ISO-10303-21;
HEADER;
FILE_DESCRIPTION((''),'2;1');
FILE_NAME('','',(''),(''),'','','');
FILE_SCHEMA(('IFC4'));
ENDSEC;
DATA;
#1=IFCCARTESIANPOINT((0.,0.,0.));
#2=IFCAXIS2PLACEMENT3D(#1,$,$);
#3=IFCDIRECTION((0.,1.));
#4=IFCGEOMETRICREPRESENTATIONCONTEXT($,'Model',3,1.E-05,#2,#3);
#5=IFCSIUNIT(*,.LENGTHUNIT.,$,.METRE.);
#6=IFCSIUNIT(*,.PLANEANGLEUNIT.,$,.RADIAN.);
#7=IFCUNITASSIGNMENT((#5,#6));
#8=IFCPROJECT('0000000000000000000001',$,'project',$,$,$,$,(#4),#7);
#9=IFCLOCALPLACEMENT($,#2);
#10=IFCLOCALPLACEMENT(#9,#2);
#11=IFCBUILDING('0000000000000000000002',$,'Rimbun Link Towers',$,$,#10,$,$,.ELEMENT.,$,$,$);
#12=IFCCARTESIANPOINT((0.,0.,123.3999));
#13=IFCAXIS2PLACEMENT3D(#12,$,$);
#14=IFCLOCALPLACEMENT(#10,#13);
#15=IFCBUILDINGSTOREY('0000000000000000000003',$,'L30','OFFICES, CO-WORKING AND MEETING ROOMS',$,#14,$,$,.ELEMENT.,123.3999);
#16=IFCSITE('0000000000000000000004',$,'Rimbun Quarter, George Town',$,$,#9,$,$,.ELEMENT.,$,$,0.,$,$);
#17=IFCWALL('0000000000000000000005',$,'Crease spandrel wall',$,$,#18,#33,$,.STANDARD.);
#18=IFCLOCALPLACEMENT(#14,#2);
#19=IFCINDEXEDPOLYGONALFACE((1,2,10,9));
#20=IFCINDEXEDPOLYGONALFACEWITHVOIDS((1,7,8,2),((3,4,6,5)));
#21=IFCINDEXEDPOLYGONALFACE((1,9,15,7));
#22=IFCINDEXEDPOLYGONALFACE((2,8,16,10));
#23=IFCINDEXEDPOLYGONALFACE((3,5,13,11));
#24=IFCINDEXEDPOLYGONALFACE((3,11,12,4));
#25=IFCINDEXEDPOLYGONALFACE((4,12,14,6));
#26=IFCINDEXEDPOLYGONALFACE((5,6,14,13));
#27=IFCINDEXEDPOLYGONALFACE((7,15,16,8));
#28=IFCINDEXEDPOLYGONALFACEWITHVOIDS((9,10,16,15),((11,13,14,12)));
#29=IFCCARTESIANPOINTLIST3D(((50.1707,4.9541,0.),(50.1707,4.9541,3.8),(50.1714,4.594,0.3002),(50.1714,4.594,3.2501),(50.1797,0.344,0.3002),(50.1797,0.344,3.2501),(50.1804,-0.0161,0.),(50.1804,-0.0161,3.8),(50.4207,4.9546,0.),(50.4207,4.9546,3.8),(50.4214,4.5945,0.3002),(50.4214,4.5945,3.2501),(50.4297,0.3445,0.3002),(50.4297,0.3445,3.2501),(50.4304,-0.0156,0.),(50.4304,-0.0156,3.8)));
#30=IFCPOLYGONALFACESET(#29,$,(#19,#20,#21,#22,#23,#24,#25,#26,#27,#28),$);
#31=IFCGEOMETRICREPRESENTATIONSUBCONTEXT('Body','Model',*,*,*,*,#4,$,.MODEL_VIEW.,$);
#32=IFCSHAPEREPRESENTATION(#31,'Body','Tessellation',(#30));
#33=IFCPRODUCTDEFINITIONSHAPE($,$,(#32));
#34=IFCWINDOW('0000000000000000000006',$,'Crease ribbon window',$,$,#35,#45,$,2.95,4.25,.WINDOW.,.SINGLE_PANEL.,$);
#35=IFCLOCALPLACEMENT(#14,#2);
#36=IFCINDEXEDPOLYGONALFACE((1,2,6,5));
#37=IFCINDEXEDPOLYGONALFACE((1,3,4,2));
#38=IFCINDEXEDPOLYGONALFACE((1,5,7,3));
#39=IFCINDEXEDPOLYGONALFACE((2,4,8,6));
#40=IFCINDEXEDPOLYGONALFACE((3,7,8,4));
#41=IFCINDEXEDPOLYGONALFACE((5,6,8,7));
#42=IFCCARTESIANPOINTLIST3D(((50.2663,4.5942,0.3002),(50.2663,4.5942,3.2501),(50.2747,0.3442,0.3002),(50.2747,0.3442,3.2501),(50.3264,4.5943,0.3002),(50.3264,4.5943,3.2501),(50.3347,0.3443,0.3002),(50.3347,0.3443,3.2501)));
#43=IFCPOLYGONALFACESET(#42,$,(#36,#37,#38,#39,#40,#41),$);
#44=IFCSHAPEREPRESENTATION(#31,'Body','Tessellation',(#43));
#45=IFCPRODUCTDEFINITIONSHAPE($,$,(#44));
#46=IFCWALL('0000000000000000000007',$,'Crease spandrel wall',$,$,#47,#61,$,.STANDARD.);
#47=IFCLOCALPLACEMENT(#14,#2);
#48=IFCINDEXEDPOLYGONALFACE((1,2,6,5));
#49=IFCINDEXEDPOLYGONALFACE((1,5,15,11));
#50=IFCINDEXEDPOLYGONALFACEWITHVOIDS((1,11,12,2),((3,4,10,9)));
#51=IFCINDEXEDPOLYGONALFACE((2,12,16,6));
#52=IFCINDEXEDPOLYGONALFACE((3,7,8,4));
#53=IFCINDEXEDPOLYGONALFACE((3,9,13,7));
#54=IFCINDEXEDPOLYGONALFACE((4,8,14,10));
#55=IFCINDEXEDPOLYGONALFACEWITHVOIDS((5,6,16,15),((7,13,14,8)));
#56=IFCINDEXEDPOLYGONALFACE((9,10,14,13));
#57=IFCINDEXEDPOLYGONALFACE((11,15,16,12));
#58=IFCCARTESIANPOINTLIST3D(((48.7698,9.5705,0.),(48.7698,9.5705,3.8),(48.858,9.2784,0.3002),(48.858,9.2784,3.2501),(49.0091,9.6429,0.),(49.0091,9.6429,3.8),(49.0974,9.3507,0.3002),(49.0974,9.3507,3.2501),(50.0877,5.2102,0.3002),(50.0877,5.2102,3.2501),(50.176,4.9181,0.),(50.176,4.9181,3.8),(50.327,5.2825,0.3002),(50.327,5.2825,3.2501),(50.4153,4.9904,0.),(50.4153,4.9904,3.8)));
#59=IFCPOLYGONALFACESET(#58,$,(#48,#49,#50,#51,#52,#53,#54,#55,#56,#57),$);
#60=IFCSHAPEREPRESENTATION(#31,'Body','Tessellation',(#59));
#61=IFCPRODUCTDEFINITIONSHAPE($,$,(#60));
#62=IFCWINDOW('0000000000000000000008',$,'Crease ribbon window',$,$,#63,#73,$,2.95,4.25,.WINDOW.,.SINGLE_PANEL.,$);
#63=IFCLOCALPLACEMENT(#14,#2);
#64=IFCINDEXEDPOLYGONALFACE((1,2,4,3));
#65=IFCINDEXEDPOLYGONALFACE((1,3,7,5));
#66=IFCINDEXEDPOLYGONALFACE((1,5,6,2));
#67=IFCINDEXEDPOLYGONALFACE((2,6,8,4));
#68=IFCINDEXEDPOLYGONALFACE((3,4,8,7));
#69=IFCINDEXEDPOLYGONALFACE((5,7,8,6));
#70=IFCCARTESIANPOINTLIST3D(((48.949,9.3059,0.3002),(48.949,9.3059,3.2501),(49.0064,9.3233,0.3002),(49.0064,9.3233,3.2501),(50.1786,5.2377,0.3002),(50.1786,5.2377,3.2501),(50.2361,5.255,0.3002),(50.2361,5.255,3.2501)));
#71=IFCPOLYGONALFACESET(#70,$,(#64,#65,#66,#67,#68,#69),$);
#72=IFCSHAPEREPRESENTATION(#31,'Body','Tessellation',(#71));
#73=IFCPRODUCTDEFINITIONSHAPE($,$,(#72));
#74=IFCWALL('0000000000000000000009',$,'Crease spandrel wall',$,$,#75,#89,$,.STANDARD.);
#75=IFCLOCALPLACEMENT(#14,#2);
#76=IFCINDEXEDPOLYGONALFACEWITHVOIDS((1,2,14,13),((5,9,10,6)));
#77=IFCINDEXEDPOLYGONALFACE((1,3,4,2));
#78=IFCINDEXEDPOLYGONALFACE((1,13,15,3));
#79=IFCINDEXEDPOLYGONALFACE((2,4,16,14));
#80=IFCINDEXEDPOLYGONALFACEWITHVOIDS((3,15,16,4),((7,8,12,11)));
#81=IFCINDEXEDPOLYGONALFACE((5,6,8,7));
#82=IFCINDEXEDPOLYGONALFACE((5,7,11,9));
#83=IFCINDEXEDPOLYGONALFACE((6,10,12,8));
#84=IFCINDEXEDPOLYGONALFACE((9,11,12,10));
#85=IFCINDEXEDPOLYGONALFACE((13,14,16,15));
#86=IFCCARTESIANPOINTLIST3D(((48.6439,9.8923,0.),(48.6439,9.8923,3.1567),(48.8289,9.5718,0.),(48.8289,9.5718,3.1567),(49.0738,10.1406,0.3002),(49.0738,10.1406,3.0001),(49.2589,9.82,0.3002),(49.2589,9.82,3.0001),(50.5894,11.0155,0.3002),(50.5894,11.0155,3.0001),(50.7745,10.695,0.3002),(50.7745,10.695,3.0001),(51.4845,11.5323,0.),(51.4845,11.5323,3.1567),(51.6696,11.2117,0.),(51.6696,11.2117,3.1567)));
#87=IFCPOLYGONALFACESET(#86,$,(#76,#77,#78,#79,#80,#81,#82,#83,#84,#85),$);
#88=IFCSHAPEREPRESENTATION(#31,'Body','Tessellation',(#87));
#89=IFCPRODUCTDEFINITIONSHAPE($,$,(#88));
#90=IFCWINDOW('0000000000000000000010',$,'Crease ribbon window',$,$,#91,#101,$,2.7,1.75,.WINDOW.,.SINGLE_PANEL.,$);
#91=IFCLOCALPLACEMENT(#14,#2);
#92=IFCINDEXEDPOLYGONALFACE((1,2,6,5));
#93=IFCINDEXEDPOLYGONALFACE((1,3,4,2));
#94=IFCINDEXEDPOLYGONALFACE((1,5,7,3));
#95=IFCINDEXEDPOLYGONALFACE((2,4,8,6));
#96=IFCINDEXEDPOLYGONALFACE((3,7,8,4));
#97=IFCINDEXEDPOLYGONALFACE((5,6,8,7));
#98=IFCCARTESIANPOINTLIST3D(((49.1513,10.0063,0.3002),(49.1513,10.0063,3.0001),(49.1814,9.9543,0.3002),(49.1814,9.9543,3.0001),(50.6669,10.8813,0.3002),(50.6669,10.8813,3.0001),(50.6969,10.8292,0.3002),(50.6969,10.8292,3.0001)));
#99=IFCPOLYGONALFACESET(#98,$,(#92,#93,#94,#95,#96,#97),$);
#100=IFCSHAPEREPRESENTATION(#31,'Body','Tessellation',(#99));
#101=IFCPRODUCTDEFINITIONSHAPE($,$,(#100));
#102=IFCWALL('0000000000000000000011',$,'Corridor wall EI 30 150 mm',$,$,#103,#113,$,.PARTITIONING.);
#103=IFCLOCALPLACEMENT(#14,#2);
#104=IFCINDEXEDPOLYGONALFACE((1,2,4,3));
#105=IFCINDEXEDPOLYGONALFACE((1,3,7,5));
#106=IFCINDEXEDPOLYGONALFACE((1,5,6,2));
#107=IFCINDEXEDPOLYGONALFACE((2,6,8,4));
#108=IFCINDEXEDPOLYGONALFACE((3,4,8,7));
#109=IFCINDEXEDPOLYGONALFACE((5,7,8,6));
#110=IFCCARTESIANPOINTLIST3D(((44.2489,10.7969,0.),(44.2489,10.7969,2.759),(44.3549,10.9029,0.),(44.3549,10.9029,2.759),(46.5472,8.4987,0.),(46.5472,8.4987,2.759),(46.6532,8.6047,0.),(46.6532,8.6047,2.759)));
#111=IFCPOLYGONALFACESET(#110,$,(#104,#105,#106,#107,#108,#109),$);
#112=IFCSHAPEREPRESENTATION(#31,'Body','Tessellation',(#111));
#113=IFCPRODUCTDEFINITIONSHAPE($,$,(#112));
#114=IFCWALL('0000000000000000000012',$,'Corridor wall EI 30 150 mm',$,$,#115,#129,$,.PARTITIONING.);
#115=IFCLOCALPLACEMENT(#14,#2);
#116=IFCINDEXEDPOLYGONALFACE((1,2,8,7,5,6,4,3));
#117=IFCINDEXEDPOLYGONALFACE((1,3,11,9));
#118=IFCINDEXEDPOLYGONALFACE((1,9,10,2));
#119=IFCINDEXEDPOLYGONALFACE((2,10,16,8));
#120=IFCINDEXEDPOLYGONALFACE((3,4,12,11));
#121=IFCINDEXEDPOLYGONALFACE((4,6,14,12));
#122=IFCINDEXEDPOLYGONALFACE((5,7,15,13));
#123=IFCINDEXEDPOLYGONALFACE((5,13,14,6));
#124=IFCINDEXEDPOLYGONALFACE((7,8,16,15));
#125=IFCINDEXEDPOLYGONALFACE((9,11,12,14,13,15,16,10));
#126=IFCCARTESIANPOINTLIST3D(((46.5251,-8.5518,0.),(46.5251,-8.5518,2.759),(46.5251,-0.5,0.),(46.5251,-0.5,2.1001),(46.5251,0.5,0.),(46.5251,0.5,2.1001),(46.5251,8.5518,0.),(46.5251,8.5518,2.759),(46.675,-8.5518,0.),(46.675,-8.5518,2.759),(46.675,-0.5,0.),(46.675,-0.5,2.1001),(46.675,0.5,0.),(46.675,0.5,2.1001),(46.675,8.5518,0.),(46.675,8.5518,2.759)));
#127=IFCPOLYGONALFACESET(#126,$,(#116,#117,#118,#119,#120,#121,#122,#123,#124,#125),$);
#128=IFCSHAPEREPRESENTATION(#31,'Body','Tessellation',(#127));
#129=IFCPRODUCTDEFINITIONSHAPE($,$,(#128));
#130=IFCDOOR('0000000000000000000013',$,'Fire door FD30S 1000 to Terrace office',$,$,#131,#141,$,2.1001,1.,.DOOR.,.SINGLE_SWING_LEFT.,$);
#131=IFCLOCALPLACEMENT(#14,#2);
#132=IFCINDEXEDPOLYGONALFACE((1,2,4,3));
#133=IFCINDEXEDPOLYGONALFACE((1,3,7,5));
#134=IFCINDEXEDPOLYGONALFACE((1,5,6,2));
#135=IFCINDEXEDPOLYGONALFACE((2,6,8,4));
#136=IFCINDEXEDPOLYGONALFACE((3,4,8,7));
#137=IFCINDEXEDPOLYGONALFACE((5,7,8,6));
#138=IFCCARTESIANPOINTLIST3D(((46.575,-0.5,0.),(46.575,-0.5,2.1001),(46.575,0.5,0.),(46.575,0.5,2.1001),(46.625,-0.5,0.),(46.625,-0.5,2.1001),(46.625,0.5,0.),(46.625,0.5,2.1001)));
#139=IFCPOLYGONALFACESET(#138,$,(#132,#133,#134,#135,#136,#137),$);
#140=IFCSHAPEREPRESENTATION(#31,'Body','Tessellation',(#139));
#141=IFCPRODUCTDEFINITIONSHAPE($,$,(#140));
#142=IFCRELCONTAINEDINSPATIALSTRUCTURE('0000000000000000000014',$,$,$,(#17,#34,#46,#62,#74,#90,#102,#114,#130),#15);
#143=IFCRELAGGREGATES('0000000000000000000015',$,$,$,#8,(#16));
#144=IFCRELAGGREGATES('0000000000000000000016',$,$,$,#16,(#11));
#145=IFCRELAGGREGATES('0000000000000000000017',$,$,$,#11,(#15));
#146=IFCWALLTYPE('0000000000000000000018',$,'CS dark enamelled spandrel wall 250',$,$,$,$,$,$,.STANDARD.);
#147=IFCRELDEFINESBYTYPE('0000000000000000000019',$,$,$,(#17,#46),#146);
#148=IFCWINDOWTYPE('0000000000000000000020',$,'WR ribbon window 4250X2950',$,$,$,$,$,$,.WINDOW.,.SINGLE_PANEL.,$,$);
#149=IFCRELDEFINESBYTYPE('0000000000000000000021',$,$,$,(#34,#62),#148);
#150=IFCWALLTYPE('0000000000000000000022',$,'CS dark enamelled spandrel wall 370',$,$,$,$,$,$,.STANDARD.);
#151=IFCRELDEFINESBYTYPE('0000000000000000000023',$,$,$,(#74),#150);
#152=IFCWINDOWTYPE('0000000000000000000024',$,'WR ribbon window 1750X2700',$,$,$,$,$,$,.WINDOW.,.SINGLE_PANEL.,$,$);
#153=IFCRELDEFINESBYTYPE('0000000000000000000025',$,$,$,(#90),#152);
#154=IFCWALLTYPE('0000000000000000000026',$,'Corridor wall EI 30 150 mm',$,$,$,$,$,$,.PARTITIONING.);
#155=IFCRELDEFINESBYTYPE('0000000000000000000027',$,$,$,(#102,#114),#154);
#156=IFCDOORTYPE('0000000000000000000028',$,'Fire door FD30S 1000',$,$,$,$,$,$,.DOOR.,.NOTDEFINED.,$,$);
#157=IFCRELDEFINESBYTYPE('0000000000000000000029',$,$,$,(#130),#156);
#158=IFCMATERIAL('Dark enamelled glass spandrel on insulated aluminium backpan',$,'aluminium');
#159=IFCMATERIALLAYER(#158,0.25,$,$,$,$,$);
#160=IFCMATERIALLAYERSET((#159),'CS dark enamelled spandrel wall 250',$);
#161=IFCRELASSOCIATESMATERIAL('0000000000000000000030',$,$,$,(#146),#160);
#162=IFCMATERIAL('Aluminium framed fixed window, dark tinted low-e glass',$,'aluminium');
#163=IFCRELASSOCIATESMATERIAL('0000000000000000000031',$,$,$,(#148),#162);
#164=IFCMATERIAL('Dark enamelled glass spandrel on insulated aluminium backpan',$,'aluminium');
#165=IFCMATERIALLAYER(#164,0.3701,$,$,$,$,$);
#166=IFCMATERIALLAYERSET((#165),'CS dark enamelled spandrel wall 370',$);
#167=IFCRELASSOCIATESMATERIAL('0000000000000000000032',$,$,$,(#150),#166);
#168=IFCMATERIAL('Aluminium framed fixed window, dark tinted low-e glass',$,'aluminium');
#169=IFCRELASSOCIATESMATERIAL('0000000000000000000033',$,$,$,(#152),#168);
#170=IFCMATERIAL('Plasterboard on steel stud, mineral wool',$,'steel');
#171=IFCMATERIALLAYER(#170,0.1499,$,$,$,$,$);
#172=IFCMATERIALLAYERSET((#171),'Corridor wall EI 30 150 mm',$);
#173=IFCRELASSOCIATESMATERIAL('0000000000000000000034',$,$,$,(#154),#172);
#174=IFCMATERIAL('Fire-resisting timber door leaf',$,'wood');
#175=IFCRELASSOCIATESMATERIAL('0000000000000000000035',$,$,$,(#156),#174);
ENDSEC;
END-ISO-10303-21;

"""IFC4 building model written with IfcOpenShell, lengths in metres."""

from ifc_helpers import new_model, si_unit, direction, frame, frame_2d, origin, place, context, subcontext, project, spatial, rectangle, extrude, material, layer, layer_set, type_object, element, fill, save


model = new_model("IFC4")

# Units and contexts
model_context = context("Model", 3, precision=1e-05, world=origin(), true_north=direction((0.0, 1.0)))
body_context = subcontext(model_context, "Body", "Model", "MODEL_VIEW")
ifc_project = project(units=[si_unit("LENGTHUNIT", "METRE"), si_unit("PLANEANGLEUNIT", "RADIAN")], contexts=[model_context])

# Site, building, storey
site_placement = place(None, origin())
site = spatial("IfcSite", under=ifc_project, at=site_placement, Name="Rimbun Quarter, George Town", CompositionType="ELEMENT", RefElevation=0.0)
building_placement = place(site_placement, origin())
building = spatial("IfcBuilding", under=site, at=building_placement, Name="Rimbun Link Towers", CompositionType="ELEMENT")
storey_placement = place(building_placement, frame((0.0, 0.0, 123.3999)))
storey = spatial("IfcBuildingStorey", under=building, at=storey_placement, Name="L30", Description="OFFICES, CO-WORKING AND MEETING ROOMS", CompositionType="ELEMENT", Elevation=123.3999)

# Walls, openings, windows
ifc_material_1 = material(Name="Dark enamelled glass spandrel on insulated aluminium backpan", Category="aluminium")
ifc_layer_1 = layer(ifc_material_1, 0.25)
ifc_layer_set_1 = layer_set([ifc_layer_1], Name="CS dark enamelled spandrel wall 250")
wall_type_1 = type_object("IfcWallType", Name="CS dark enamelled spandrel wall 250", PredefinedType="STANDARD", material=ifc_layer_set_1)
wall_1_placement = place(storey_placement, frame((50.2957, 4.9543, 0.0), z_axis=(0.0, 0.0, 1.0), x_axis=(0.001965, -0.999998, 0.0)))
wall_1 = element("IfcWall", 1, at=wall_1_placement, inside=storey, type_object=wall_type_1, Name="Crease spandrel wall", PredefinedType="STANDARD", context=body_context, shape_type="SweptSolid", body=[
    extrude(rectangle(XDim=4.9702, YDim=0.25, at=frame_2d((2.4851, 0.0))), origin(), (0.0, 0.0, 1.0), 3.8),
])
opening_1_placement = place(wall_1_placement, frame((0.3601, 0.0, 0.3)))
opening_1 = element("IfcOpeningElement", 2, at=opening_1_placement, cuts=wall_1, PredefinedType="OPENING", context=body_context, shape_type="SweptSolid", body=[
    extrude(rectangle(XDim=4.25, YDim=2.95, at=frame_2d((2.125, 1.4751))), frame((0.0, 0.135, 0.0), z_axis=(0.0, -1.0, 0.0), x_axis=(1.0, 0.0, 0.0)), (0.0, 0.0, 1.0), 0.27),
])
ifc_material_2 = material(Name="Aluminium framed fixed window, dark tinted low-e glass", Category="aluminium")
window_type_1 = type_object("IfcWindowType", Name="WR ribbon window 4250X2950", PartitioningType="SINGLE_PANEL", PredefinedType="WINDOW", material=ifc_material_2)
window_1_placement = place(opening_1_placement, origin())
window_1 = element("IfcWindow", 3, at=window_1_placement, inside=storey, type_object=window_type_1, Name="Crease ribbon window", OverallHeight=2.95, OverallWidth=4.25, PartitioningType="SINGLE_PANEL", PredefinedType="WINDOW", context=body_context, shape_type="SweptSolid", body=[
    extrude(rectangle(XDim=4.25, YDim=2.95, at=frame_2d((2.125, 1.4751))), frame((0.0, 0.03, 0.0), z_axis=(0.0, -1.0, 0.0), x_axis=(1.0, 0.0, 0.0)), (0.0, 0.0, 1.0), 0.0601),
])
fill(opening_1, window_1)
wall_2_placement = place(storey_placement, frame((48.8894, 9.6067, 0.0), z_axis=(0.0, 0.0, 1.0), x_axis=(0.289338, -0.957227, 0.0)))
wall_2 = element("IfcWall", 4, at=wall_2_placement, inside=storey, type_object=wall_type_1, Name="Crease spandrel wall", PredefinedType="STANDARD", context=body_context, shape_type="SweptSolid", body=[
    extrude(rectangle(XDim=4.8604, YDim=0.25, at=frame_2d((2.4302, 0.0))), origin(), (0.0, 0.0, 1.0), 3.8),
])
opening_2_placement = place(wall_2_placement, frame((0.3052, 0.0, 0.3)))
opening_2 = element("IfcOpeningElement", 5, at=opening_2_placement, cuts=wall_2, PredefinedType="OPENING", context=body_context, shape_type="SweptSolid", body=[
    extrude(rectangle(XDim=4.25, YDim=2.95, at=frame_2d((2.125, 1.4751))), frame((0.0, 0.135, 0.0), z_axis=(0.0, -1.0, 0.0), x_axis=(1.0, 0.0, 0.0)), (0.0, 0.0, 1.0), 0.27),
])
window_2_placement = place(opening_2_placement, origin())
window_2 = element("IfcWindow", 6, at=window_2_placement, inside=storey, type_object=window_type_1, Name="Crease ribbon window", OverallHeight=2.95, OverallWidth=4.25, PartitioningType="SINGLE_PANEL", PredefinedType="WINDOW", context=body_context, shape_type="SweptSolid", body=[
    extrude(rectangle(XDim=4.25, YDim=2.95, at=frame_2d((2.125, 1.4751))), frame((0.0, 0.03, 0.0), z_axis=(0.0, -1.0, 0.0), x_axis=(1.0, 0.0, 0.0)), (0.0, 0.0, 1.0), 0.0601),
])
fill(opening_2, window_2)
ifc_material_3 = material(Name="Dark enamelled glass spandrel on insulated aluminium backpan", Category="aluminium")
ifc_layer_2 = layer(ifc_material_3, 0.3701)
ifc_layer_set_2 = layer_set([ifc_layer_2], Name="CS dark enamelled spandrel wall 370")
wall_type_2 = type_object("IfcWallType", Name="CS dark enamelled spandrel wall 370", PredefinedType="STANDARD", material=ifc_layer_set_2)
wall_3_placement = place(storey_placement, frame((51.5771, 11.3721, 0.0), z_axis=(0.0, 0.0, 1.0), x_axis=(-0.866041, -0.499974, 0.0)))
wall_3 = element("IfcWall", 7, at=wall_3_placement, inside=storey, type_object=wall_type_2, Name="Crease spandrel wall", PredefinedType="STANDARD", context=body_context, shape_type="SweptSolid", body=[
    extrude(rectangle(XDim=3.28, YDim=0.3701, at=frame_2d((1.6401, 0.0))), origin(), (0.0, 0.0, 1.0), 3.1567),
])
opening_3_placement = place(wall_3_placement, frame((1.0337, 0.0, 0.3)))
opening_3 = element("IfcOpeningElement", 8, at=opening_3_placement, cuts=wall_3, PredefinedType="OPENING", context=body_context, shape_type="SweptSolid", body=[
    extrude(rectangle(XDim=1.75, YDim=2.7, at=frame_2d((0.875, 1.3501))), frame((0.0, 0.1951, 0.0), z_axis=(0.0, -1.0, 0.0), x_axis=(1.0, 0.0, 0.0)), (0.0, 0.0, 1.0), 0.3901),
])
ifc_material_4 = material(Name="Aluminium framed fixed window, dark tinted low-e glass", Category="aluminium")
window_type_2 = type_object("IfcWindowType", Name="WR ribbon window 1750X2700", PartitioningType="SINGLE_PANEL", PredefinedType="WINDOW", material=ifc_material_4)
window_3_placement = place(opening_3_placement, origin())
window_3 = element("IfcWindow", 9, at=window_3_placement, inside=storey, type_object=window_type_2, Name="Crease ribbon window", OverallHeight=2.7, OverallWidth=1.75, PartitioningType="SINGLE_PANEL", PredefinedType="WINDOW", context=body_context, shape_type="SweptSolid", body=[
    extrude(rectangle(XDim=1.75, YDim=2.7, at=frame_2d((0.875, 1.3501))), frame((0.0, 0.03, 0.0), z_axis=(0.0, -1.0, 0.0), x_axis=(1.0, 0.0, 0.0)), (0.0, 0.0, 1.0), 0.0601),
])
fill(opening_3, window_3)

# Wall
ifc_material_5 = material(Name="Plasterboard on steel stud, mineral wool", Category="steel")
ifc_layer_3 = layer(ifc_material_5, 0.1499)
ifc_layer_set_3 = layer_set([ifc_layer_3], Name="Corridor wall EI 30 150 mm")
wall_type_3 = type_object("IfcWallType", Name="Corridor wall EI 30 150 mm", PredefinedType="PARTITIONING", material=ifc_layer_set_3)
wall_4_placement = place(storey_placement, frame((46.6001, 8.5518, 0.0), z_axis=(0.0, 0.0, 1.0), x_axis=(-0.707107, 0.707107, 0.0)))
element("IfcWall", 10, at=wall_4_placement, inside=storey, type_object=wall_type_3, Name="Corridor wall EI 30 150 mm", PredefinedType="PARTITIONING", context=body_context, shape_type="SweptSolid", body=[
    extrude(rectangle(XDim=3.2502, YDim=0.1499, at=frame_2d((1.625, 0.0))), origin(), (0.0, 0.0, 1.0), 2.759),
])

# Wall, opening, door
wall_5_placement = place(storey_placement, frame((46.6001, 8.5518, 0.0), z_axis=(0.0, 0.0, 1.0), x_axis=(0.0, -1.0, 0.0)))
wall_5 = element("IfcWall", 11, at=wall_5_placement, inside=storey, type_object=wall_type_3, Name="Corridor wall EI 30 150 mm", PredefinedType="PARTITIONING", context=body_context, shape_type="SweptSolid", body=[
    extrude(rectangle(XDim=17.1035, YDim=0.1499, at=frame_2d((8.5518, 0.0))), origin(), (0.0, 0.0, 1.0), 2.759),
])
opening_4_placement = place(wall_5_placement, frame((8.0518, 0.0, 0.0)))
opening_4 = element("IfcOpeningElement", 12, at=opening_4_placement, cuts=wall_5, PredefinedType="OPENING", context=body_context, shape_type="SweptSolid", body=[
    extrude(rectangle(XDim=1.0, YDim=2.1001, at=frame_2d((0.5, 1.05))), frame((0.0, 0.085, 0.0), z_axis=(0.0, -1.0, 0.0), x_axis=(1.0, 0.0, 0.0)), (0.0, 0.0, 1.0), 0.1699),
])
ifc_material_6 = material(Name="Fire-resisting timber door leaf", Category="wood")
door_type_1 = type_object("IfcDoorType", Name="Fire door FD30S 1000", OperationType="NOTDEFINED", PredefinedType="DOOR", material=ifc_material_6)
door_1_placement = place(opening_4_placement, origin())
door_1 = element("IfcDoor", 13, at=door_1_placement, inside=storey, type_object=door_type_1, Name="Fire door FD30S 1000 to Terrace office", OperationType="SINGLE_SWING_LEFT", OverallHeight=2.1001, OverallWidth=1.0, PredefinedType="DOOR", context=body_context, shape_type="SweptSolid", body=[
    extrude(rectangle(XDim=1.0, YDim=2.1001, at=frame_2d((0.5, 1.05))), frame((0.0, 0.0249, 0.0), z_axis=(0.0, -1.0, 0.0), x_axis=(1.0, 0.0, 0.0)), (0.0, 0.0, 1.0), 0.05),
])
fill(opening_4, door_1)

save(model, "model.ifc")
